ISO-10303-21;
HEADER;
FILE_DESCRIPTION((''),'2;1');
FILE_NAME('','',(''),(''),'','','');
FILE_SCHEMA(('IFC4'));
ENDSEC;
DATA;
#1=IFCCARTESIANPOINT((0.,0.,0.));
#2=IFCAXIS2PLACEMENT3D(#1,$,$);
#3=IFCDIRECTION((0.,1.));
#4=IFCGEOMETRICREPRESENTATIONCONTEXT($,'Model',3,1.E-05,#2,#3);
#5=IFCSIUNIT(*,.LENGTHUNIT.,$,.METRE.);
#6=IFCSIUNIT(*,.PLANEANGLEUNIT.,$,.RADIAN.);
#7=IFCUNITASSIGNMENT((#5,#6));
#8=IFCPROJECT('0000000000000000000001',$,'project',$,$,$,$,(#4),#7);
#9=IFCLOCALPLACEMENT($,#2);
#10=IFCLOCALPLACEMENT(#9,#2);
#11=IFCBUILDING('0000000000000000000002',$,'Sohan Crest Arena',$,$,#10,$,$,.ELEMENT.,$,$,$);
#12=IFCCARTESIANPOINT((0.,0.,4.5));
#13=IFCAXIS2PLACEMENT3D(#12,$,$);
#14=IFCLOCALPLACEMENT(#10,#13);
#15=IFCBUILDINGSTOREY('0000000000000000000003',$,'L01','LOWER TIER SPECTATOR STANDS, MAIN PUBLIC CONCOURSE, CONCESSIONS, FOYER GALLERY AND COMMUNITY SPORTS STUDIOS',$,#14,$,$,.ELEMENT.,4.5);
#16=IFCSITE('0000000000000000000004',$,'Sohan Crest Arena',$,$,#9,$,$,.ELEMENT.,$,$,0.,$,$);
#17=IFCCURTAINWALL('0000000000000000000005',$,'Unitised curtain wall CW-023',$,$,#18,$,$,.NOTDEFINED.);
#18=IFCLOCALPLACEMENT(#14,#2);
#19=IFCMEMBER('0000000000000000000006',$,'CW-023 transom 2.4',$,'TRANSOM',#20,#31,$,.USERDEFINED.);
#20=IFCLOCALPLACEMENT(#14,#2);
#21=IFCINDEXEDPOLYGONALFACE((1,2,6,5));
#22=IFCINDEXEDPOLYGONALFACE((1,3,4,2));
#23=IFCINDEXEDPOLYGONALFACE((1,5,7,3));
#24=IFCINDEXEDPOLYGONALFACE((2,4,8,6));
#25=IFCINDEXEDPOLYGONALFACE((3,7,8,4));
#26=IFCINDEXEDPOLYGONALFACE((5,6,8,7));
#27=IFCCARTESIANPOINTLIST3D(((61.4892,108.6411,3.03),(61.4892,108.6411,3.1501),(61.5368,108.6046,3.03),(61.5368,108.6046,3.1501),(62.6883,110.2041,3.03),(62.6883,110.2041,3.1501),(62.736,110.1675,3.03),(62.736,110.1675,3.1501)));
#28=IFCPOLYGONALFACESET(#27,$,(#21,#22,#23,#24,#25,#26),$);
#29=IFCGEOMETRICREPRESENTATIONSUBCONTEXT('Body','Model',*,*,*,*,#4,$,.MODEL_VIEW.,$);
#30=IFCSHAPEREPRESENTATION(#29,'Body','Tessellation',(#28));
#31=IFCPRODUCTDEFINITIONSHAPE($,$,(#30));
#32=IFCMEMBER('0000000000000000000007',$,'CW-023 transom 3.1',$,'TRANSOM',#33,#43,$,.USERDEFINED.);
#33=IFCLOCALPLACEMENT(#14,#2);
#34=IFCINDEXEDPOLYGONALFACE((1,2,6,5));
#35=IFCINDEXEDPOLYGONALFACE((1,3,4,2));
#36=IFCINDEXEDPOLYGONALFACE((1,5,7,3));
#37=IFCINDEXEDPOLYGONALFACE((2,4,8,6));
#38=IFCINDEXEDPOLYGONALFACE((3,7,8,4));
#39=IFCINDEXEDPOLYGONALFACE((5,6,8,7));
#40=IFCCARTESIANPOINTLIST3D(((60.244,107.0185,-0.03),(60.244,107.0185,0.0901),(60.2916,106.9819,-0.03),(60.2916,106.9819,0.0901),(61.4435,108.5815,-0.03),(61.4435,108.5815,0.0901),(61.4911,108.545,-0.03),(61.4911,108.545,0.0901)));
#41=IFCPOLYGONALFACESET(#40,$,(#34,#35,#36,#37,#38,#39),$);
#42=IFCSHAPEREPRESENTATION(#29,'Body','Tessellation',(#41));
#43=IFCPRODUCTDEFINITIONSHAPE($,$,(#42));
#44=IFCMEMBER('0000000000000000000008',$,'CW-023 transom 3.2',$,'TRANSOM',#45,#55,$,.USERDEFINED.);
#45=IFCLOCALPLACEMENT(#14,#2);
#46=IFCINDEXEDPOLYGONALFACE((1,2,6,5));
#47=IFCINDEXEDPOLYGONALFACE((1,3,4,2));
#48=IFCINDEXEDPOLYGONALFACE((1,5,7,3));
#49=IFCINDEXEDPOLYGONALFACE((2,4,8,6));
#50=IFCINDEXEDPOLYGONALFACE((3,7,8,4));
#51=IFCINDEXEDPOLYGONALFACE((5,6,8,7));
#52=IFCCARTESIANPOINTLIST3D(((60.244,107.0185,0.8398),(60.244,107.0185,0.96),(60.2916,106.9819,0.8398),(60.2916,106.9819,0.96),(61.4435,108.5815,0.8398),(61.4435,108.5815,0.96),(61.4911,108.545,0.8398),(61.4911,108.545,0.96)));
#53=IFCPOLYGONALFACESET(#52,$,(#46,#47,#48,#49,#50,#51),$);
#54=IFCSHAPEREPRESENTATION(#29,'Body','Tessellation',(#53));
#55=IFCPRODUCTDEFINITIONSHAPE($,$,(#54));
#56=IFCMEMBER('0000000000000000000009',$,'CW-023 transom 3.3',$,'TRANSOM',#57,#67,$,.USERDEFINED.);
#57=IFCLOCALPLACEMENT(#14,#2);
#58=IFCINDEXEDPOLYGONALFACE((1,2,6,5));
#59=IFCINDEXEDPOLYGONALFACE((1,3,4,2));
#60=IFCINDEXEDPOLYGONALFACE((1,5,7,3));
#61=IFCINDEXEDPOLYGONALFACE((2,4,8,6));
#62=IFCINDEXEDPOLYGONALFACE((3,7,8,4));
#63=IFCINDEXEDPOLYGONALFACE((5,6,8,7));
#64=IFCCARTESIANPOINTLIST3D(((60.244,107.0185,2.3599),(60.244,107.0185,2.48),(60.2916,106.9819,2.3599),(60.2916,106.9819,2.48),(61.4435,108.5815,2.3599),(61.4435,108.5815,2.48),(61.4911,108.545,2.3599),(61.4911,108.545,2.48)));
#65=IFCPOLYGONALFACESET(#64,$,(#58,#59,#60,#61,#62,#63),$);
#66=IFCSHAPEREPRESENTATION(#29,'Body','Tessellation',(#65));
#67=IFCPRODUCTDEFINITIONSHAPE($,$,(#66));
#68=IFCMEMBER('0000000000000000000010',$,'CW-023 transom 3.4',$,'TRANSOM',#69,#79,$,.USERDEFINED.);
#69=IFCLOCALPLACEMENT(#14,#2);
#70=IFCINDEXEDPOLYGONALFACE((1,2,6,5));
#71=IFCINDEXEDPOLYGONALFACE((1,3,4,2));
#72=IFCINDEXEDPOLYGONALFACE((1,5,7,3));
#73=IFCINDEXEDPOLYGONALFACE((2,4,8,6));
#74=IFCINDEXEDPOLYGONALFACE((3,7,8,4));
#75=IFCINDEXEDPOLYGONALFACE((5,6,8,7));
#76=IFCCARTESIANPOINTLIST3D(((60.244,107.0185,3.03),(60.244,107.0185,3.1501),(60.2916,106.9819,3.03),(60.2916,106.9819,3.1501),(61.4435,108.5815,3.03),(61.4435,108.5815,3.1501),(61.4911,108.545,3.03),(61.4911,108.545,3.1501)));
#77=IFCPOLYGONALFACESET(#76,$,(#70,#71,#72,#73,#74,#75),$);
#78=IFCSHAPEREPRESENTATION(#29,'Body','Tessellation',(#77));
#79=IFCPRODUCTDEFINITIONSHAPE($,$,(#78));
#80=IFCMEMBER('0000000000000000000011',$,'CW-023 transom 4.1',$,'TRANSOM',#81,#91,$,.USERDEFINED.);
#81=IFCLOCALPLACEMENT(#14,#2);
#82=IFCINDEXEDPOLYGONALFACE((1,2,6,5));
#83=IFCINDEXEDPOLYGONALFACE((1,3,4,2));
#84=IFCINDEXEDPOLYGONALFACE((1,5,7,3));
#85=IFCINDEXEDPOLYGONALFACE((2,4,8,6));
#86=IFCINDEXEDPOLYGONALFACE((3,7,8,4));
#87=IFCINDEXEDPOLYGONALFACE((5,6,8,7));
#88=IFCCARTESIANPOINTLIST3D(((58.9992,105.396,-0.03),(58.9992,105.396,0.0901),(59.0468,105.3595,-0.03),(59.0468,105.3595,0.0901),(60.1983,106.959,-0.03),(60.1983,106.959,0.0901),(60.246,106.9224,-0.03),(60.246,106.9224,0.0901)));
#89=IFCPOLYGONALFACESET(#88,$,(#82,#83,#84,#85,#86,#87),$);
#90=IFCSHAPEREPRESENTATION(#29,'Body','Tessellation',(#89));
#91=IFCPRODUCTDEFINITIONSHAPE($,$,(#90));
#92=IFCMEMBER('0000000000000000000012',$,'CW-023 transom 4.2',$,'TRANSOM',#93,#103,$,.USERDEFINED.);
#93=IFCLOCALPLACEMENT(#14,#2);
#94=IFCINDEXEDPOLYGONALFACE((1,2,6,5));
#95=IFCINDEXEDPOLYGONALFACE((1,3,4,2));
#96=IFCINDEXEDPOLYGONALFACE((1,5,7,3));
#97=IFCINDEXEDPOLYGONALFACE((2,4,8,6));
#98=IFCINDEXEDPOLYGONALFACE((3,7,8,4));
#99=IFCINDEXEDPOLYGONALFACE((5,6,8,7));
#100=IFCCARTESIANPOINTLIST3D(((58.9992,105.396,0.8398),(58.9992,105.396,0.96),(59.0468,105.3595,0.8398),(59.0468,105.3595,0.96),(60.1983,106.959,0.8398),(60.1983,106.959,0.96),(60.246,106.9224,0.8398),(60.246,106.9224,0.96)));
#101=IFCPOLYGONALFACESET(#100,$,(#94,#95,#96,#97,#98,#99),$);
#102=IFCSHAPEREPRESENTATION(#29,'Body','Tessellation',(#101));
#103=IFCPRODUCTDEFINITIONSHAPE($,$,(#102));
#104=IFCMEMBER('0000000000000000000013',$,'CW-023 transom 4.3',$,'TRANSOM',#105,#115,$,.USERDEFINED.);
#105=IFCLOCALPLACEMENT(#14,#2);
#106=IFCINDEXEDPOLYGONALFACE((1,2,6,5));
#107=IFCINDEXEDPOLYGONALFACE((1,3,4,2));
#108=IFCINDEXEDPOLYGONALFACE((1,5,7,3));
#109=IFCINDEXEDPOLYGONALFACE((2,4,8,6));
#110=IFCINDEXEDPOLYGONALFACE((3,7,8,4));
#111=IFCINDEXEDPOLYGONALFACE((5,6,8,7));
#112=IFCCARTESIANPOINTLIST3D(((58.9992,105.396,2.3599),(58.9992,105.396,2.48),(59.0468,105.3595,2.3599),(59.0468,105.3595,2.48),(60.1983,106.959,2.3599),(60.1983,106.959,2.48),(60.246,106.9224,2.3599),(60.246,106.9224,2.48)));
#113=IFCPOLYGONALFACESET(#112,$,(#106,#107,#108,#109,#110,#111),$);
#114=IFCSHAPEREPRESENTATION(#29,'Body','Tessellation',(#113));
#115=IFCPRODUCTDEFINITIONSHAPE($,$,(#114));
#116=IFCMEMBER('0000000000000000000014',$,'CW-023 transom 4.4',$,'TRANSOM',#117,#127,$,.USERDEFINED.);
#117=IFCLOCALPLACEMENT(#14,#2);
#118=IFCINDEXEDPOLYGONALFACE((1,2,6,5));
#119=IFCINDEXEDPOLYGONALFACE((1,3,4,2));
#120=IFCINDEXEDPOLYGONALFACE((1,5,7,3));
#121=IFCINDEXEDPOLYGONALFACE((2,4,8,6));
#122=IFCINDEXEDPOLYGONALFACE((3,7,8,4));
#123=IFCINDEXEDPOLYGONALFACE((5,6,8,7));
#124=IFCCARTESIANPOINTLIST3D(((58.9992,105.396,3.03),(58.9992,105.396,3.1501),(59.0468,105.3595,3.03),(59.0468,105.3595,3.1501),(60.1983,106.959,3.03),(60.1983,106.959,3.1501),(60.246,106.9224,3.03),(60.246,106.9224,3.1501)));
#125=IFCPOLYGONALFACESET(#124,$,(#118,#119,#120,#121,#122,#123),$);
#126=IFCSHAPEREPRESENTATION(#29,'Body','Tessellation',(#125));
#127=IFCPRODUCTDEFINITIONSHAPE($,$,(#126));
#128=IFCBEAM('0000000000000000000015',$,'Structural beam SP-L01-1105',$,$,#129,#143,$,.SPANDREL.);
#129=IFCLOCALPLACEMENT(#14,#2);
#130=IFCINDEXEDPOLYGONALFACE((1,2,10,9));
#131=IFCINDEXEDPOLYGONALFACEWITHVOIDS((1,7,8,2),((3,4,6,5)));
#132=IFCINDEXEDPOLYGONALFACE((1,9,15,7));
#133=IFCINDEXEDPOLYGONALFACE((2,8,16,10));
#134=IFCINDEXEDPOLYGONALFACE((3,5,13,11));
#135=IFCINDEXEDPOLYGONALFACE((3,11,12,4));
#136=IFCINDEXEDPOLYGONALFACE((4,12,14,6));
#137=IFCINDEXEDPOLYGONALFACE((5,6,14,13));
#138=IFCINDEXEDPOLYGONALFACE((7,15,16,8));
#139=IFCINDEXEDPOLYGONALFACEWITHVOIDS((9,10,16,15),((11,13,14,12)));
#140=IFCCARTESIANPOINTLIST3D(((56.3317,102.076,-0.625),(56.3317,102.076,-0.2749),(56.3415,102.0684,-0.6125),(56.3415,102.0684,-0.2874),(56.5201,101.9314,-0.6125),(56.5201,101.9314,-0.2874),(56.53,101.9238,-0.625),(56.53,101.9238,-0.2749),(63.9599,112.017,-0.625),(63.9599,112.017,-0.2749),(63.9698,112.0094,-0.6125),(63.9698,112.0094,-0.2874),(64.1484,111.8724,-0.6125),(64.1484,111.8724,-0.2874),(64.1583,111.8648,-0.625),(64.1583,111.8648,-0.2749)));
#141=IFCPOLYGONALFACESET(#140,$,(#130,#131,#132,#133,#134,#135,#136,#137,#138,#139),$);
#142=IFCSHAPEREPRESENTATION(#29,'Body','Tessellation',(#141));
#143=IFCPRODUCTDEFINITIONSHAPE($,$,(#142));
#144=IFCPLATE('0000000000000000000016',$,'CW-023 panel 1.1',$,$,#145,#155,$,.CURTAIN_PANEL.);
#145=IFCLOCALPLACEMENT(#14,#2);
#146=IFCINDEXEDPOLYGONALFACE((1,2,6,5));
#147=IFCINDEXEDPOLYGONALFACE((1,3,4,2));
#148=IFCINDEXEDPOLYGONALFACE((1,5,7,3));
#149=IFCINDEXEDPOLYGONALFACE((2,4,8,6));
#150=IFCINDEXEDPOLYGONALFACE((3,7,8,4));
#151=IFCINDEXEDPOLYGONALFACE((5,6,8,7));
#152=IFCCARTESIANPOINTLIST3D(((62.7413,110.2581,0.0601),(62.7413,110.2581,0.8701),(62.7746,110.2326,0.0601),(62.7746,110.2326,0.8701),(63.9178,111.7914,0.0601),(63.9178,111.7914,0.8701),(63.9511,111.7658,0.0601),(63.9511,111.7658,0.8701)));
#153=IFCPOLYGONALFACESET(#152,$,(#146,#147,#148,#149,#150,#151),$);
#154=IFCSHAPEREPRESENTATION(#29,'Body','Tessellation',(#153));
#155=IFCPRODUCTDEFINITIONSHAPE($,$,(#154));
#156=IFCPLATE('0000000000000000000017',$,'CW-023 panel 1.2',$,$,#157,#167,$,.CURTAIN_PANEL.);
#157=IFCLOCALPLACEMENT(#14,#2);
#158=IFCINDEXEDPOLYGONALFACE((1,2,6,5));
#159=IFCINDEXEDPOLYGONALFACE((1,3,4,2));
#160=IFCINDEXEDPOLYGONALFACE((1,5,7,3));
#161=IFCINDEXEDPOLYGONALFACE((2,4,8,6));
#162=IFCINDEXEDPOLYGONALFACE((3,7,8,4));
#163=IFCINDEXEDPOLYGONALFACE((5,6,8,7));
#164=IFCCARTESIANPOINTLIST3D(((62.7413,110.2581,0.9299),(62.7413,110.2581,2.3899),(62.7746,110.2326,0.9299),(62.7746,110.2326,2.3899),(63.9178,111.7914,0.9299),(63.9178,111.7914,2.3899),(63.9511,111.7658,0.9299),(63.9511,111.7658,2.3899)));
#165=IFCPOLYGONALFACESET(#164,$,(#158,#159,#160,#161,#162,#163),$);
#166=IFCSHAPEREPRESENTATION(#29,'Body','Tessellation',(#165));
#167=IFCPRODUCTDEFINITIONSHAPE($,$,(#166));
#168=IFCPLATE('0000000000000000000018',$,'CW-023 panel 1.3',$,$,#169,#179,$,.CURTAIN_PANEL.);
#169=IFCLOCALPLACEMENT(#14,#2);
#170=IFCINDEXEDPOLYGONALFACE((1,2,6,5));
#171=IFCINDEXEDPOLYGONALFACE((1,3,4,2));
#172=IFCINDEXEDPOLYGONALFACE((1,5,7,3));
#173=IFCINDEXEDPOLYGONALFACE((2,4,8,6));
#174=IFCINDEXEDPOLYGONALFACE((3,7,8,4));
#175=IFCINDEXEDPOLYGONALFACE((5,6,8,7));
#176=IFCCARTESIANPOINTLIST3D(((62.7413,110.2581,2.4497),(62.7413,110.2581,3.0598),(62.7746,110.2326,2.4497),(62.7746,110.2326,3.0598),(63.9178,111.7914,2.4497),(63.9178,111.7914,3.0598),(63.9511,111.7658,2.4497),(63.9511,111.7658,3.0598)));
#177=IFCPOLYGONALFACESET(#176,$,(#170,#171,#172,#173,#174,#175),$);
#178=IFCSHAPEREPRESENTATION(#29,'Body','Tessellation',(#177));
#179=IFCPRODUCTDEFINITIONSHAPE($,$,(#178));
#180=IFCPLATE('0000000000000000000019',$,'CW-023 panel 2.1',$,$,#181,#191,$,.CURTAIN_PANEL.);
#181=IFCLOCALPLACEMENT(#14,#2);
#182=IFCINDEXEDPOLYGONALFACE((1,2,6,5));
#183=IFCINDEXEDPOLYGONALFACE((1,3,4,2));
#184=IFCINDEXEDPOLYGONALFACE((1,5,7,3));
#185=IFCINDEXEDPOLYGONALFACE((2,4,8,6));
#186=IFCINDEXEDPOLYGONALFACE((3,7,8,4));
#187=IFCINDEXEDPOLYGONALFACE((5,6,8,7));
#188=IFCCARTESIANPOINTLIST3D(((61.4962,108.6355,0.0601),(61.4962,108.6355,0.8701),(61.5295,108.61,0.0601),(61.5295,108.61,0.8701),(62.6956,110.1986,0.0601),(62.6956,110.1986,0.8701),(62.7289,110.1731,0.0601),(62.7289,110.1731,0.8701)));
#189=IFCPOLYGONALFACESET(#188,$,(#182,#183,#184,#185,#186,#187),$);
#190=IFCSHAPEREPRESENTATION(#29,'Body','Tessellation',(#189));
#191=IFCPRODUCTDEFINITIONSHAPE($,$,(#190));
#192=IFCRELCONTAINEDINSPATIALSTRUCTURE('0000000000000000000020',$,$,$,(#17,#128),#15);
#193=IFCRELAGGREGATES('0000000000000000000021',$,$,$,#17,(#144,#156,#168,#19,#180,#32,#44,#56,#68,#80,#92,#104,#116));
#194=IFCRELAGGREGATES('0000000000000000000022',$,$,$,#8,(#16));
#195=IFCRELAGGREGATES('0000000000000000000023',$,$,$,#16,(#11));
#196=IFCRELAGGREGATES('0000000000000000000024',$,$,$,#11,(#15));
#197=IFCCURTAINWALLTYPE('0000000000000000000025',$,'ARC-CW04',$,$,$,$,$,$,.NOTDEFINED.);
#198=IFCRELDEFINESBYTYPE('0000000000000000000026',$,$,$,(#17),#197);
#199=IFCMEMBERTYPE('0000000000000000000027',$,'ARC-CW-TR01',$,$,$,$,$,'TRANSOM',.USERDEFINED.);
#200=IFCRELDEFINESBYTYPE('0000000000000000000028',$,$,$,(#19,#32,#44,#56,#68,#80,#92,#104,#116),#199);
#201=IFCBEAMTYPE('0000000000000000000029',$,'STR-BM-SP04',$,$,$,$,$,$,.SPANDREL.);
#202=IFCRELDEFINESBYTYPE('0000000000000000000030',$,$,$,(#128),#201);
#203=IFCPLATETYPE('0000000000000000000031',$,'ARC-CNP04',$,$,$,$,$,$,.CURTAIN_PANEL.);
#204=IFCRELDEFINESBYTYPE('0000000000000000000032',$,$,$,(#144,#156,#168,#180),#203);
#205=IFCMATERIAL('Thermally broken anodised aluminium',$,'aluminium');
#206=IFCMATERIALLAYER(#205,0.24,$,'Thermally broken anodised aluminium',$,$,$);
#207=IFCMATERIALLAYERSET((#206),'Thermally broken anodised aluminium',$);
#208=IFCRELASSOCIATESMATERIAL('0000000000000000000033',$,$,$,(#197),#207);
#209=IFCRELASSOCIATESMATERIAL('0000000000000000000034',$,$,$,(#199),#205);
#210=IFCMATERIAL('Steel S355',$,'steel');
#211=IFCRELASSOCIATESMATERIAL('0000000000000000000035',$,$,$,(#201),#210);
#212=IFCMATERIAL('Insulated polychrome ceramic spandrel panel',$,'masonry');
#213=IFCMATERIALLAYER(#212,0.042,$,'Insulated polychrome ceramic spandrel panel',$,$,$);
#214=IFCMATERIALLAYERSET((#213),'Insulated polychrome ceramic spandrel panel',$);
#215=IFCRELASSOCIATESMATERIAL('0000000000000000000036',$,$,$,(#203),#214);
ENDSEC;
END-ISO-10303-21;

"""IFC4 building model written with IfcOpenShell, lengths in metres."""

from ifc_helpers import new_model, si_unit, direction, frame, origin, origin_2d, place, context, subcontext, project, spatial, rectangle, hollow_rectangle, extrude, material, layer, layer_set, material_profile, profile_set, type_object, element, aggregate, save


model = new_model("IFC4")

# Units and contexts
model_context = context("Model", 3, precision=1e-05, world=origin(), true_north=direction((0.0, 1.0)))
body_context = subcontext(model_context, "Body", "Model", "MODEL_VIEW")
ifc_project = project(units=[si_unit("LENGTHUNIT", "METRE"), si_unit("PLANEANGLEUNIT", "RADIAN")], contexts=[model_context])

# Site, building, storey
site_placement = place(None, origin())
site = spatial("IfcSite", under=ifc_project, at=site_placement, Name="Sohan Crest Arena", CompositionType="ELEMENT", RefElevation=0.0)
building_placement = place(site_placement, origin())
building = spatial("IfcBuilding", under=site, at=building_placement, Name="Sohan Crest Arena", CompositionType="ELEMENT")
storey_placement = place(building_placement, frame((0.0, 0.0, 4.5)))
storey = spatial("IfcBuildingStorey", under=building, at=storey_placement, Name="L01", Description="LOWER TIER SPECTATOR STANDS, MAIN PUBLIC CONCOURSE, CONCESSIONS, FOYER GALLERY AND COMMUNITY SPORTS STUDIOS", CompositionType="ELEMENT", Elevation=4.5)

# Shared definitions
ifc_material_1 = material(Name="Steel S355", Category="steel")

# Shared definitions
ifc_material_2 = material(Name="Thermally broken anodised aluminium", Category="aluminium")

# Curtain wall, members
ifc_layer_1 = layer(ifc_material_2, 0.24, Name="Thermally broken anodised aluminium")
ifc_layer_set_1 = layer_set([ifc_layer_1], Name="Thermally broken anodised aluminium")
curtain_wall_type_1 = type_object("IfcCurtainWallType", Name="ARC-CW04", PredefinedType="NOTDEFINED", material=ifc_layer_set_1)
curtain_wall_1_placement = place(storey_placement, origin())
curtain_wall_1 = element("IfcCurtainWall", 1, at=curtain_wall_1_placement, inside=storey, type_object=curtain_wall_type_1, Name="Unitised curtain wall CW-023", PredefinedType="NOTDEFINED")
ifc_material_profile_1 = material_profile(ifc_material_2, rectangle(XDim=0.0601, YDim=0.1201, at=origin_2d()), Name="ALU-TRAN 60x120")
ifc_profile_set_1 = profile_set([ifc_material_profile_1], Name="Thermally broken anodised aluminium")
member_type_1 = type_object("IfcMemberType", Name="ARC-CW-TR01", ElementType="TRANSOM", PredefinedType="USERDEFINED", material=ifc_profile_set_1)
member_1_placement = place(storey_placement, frame((62.7122, 110.1858, 3.0901), z_axis=(-0.608728, -0.793379, 0.0), x_axis=(0.793379, -0.608728, 0.0)))
member_1 = element("IfcMember", 2, at=member_1_placement, type_object=member_type_1, Name="CW-023 transom 2.4", ObjectType="TRANSOM", PredefinedType="USERDEFINED", context=body_context, shape_type="SweptSolid", body=[
    extrude(rectangle(XDim=0.0601, YDim=0.1201, at=origin_2d()), origin(), (0.0, 0.0, 1.0), 1.97),
])
member_2_placement = place(storey_placement, frame((61.4673, 108.5632, 0.03), z_axis=(-0.608806, -0.793319, 0.0), x_axis=(0.793319, -0.608806, 0.0)))
member_2 = element("IfcMember", 3, at=member_2_placement, type_object=member_type_1, Name="CW-023 transom 3.1", ObjectType="TRANSOM", PredefinedType="USERDEFINED", context=body_context, shape_type="SweptSolid", body=[
    extrude(rectangle(XDim=0.0601, YDim=0.1201, at=origin_2d()), origin(), (0.0, 0.0, 1.0), 1.9702),
])
member_3_placement = place(storey_placement, frame((61.4673, 108.5632, 0.8999), z_axis=(-0.608806, -0.793319, 0.0), x_axis=(0.793319, -0.608806, 0.0)))
member_3 = element("IfcMember", 4, at=member_3_placement, type_object=member_type_1, Name="CW-023 transom 3.2", ObjectType="TRANSOM", PredefinedType="USERDEFINED", context=body_context, shape_type="SweptSolid", body=[
    extrude(rectangle(XDim=0.0601, YDim=0.1201, at=origin_2d()), origin(), (0.0, 0.0, 1.0), 1.9702),
])
member_4_placement = place(storey_placement, frame((61.4673, 108.5632, 2.4199), z_axis=(-0.608806, -0.793319, 0.0), x_axis=(0.793319, -0.608806, 0.0)))
member_4 = element("IfcMember", 5, at=member_4_placement, type_object=member_type_1, Name="CW-023 transom 3.3", ObjectType="TRANSOM", PredefinedType="USERDEFINED", context=body_context, shape_type="SweptSolid", body=[
    extrude(rectangle(XDim=0.0601, YDim=0.1201, at=origin_2d()), origin(), (0.0, 0.0, 1.0), 1.9702),
])
member_5_placement = place(storey_placement, frame((61.4673, 108.5632, 3.0901), z_axis=(-0.608806, -0.793319, 0.0), x_axis=(0.793319, -0.608806, 0.0)))
member_5 = element("IfcMember", 6, at=member_5_placement, type_object=member_type_1, Name="CW-023 transom 3.4", ObjectType="TRANSOM", PredefinedType="USERDEFINED", context=body_context, shape_type="SweptSolid", body=[
    extrude(rectangle(XDim=0.0601, YDim=0.1201, at=origin_2d()), origin(), (0.0, 0.0, 1.0), 1.9702),
])
member_6_placement = place(storey_placement, frame((60.2222, 106.9407, 0.03), z_axis=(-0.608728, -0.793379, 0.0), x_axis=(0.793379, -0.608728, 0.0)))
member_6 = element("IfcMember", 7, at=member_6_placement, type_object=member_type_1, Name="CW-023 transom 4.1", ObjectType="TRANSOM", PredefinedType="USERDEFINED", context=body_context, shape_type="SweptSolid", body=[
    extrude(rectangle(XDim=0.0601, YDim=0.1201, at=origin_2d()), origin(), (0.0, 0.0, 1.0), 1.97),
])
member_7_placement = place(storey_placement, frame((60.2222, 106.9407, 0.8999), z_axis=(-0.608728, -0.793379, 0.0), x_axis=(0.793379, -0.608728, 0.0)))
member_7 = element("IfcMember", 8, at=member_7_placement, type_object=member_type_1, Name="CW-023 transom 4.2", ObjectType="TRANSOM", PredefinedType="USERDEFINED", context=body_context, shape_type="SweptSolid", body=[
    extrude(rectangle(XDim=0.0601, YDim=0.1201, at=origin_2d()), origin(), (0.0, 0.0, 1.0), 1.97),
])
member_8_placement = place(storey_placement, frame((60.2222, 106.9407, 2.4199), z_axis=(-0.608728, -0.793379, 0.0), x_axis=(0.793379, -0.608728, 0.0)))
member_8 = element("IfcMember", 9, at=member_8_placement, type_object=member_type_1, Name="CW-023 transom 4.3", ObjectType="TRANSOM", PredefinedType="USERDEFINED", context=body_context, shape_type="SweptSolid", body=[
    extrude(rectangle(XDim=0.0601, YDim=0.1201, at=origin_2d()), origin(), (0.0, 0.0, 1.0), 1.97),
])
member_9_placement = place(storey_placement, frame((60.2222, 106.9407, 3.0901), z_axis=(-0.608728, -0.793379, 0.0), x_axis=(0.793379, -0.608728, 0.0)))
member_9 = element("IfcMember", 10, at=member_9_placement, type_object=member_type_1, Name="CW-023 transom 4.4", ObjectType="TRANSOM", PredefinedType="USERDEFINED", context=body_context, shape_type="SweptSolid", body=[
    extrude(rectangle(XDim=0.0601, YDim=0.1201, at=origin_2d()), origin(), (0.0, 0.0, 1.0), 1.97),
])

# Beam
ifc_material_profile_2 = material_profile(ifc_material_1, hollow_rectangle(XDim=0.25, YDim=0.3501, WallThickness=0.0125, at=origin_2d()), Name="RHS 350x250x12.5")
ifc_profile_set_2 = profile_set([ifc_material_profile_2], Name="Steel S355")
beam_type = type_object("IfcBeamType", Name="STR-BM-SP04", PredefinedType="SPANDREL", material=ifc_profile_set_2)
beam_placement = place(storey_placement, frame((64.0591, 111.9409, -0.45), z_axis=(-0.608773, -0.793344, 0.0), x_axis=(0.793344, -0.608773, 0.0)))
element("IfcBeam", 11, at=beam_placement, inside=storey, type_object=beam_type, Name="Structural beam SP-L01-1105", PredefinedType="SPANDREL", context=body_context, shape_type="SweptSolid", body=[
    extrude(hollow_rectangle(XDim=0.25, YDim=0.3501, WallThickness=0.0125, at=origin_2d()), origin(), (0.0, 0.0, 1.0), 12.5305),
])

# Plates
ifc_material_3 = material(Name="Insulated polychrome ceramic spandrel panel", Category="masonry")
ifc_layer_2 = layer(ifc_material_3, 0.042, Name="Insulated polychrome ceramic spandrel panel")
ifc_layer_set_2 = layer_set([ifc_layer_2], Name="Insulated polychrome ceramic spandrel panel")
plate_type = type_object("IfcPlateType", Name="ARC-CNP04", PredefinedType="CURTAIN_PANEL", material=ifc_layer_set_2)
plate_1_placement = place(storey_placement, frame((63.3462, 111.012, 0.0601), z_axis=(0.0, 0.0, 1.0), x_axis=(-0.608765, -0.793351, 0.0)))
plate_1 = element("IfcPlate", 12, at=plate_1_placement, type_object=plate_type, Name="CW-023 panel 1.1", PredefinedType="CURTAIN_PANEL", context=body_context, shape_type="SweptSolid", body=[
    extrude(rectangle(XDim=1.9326, YDim=0.042, at=origin_2d()), origin(), (0.0, 0.0, 1.0), 0.8101),
])
plate_2_placement = place(storey_placement, frame((63.3462, 111.012, 0.9299), z_axis=(0.0, 0.0, 1.0), x_axis=(-0.608765, -0.793351, 0.0)))
plate_2 = element("IfcPlate", 13, at=plate_2_placement, type_object=plate_type, Name="CW-023 panel 1.2", PredefinedType="CURTAIN_PANEL", context=body_context, shape_type="SweptSolid", body=[
    extrude(rectangle(XDim=1.9326, YDim=0.042, at=origin_2d()), origin(), (0.0, 0.0, 1.0), 1.46),
])
plate_3_placement = place(storey_placement, frame((63.3462, 111.012, 2.4497), z_axis=(0.0, 0.0, 1.0), x_axis=(-0.608765, -0.793351, 0.0)))
plate_3 = element("IfcPlate", 14, at=plate_3_placement, type_object=plate_type, Name="CW-023 panel 1.3", PredefinedType="CURTAIN_PANEL", context=body_context, shape_type="SweptSolid", body=[
    extrude(rectangle(XDim=1.9326, YDim=0.042, at=origin_2d()), origin(), (0.0, 0.0, 1.0), 0.6101),
])
plate_4_placement = place(storey_placement, frame((62.1125, 109.4043, 0.0601), z_axis=(0.0, 0.0, 1.0), x_axis=(-0.608765, -0.793351, 0.0)))
plate_4 = element("IfcPlate", 15, at=plate_4_placement, type_object=plate_type, Name="CW-023 panel 2.1", PredefinedType="CURTAIN_PANEL", context=body_context, shape_type="SweptSolid", body=[
    extrude(rectangle(XDim=1.9702, YDim=0.042, at=origin_2d()), origin(), (0.0, 0.0, 1.0), 0.8101),
])
aggregate(curtain_wall_1, [plate_1, plate_2, plate_3, member_1, plate_4, member_2, member_3, member_4, member_5, member_6, member_7, member_8, member_9])

save(model, "model.ifc")
